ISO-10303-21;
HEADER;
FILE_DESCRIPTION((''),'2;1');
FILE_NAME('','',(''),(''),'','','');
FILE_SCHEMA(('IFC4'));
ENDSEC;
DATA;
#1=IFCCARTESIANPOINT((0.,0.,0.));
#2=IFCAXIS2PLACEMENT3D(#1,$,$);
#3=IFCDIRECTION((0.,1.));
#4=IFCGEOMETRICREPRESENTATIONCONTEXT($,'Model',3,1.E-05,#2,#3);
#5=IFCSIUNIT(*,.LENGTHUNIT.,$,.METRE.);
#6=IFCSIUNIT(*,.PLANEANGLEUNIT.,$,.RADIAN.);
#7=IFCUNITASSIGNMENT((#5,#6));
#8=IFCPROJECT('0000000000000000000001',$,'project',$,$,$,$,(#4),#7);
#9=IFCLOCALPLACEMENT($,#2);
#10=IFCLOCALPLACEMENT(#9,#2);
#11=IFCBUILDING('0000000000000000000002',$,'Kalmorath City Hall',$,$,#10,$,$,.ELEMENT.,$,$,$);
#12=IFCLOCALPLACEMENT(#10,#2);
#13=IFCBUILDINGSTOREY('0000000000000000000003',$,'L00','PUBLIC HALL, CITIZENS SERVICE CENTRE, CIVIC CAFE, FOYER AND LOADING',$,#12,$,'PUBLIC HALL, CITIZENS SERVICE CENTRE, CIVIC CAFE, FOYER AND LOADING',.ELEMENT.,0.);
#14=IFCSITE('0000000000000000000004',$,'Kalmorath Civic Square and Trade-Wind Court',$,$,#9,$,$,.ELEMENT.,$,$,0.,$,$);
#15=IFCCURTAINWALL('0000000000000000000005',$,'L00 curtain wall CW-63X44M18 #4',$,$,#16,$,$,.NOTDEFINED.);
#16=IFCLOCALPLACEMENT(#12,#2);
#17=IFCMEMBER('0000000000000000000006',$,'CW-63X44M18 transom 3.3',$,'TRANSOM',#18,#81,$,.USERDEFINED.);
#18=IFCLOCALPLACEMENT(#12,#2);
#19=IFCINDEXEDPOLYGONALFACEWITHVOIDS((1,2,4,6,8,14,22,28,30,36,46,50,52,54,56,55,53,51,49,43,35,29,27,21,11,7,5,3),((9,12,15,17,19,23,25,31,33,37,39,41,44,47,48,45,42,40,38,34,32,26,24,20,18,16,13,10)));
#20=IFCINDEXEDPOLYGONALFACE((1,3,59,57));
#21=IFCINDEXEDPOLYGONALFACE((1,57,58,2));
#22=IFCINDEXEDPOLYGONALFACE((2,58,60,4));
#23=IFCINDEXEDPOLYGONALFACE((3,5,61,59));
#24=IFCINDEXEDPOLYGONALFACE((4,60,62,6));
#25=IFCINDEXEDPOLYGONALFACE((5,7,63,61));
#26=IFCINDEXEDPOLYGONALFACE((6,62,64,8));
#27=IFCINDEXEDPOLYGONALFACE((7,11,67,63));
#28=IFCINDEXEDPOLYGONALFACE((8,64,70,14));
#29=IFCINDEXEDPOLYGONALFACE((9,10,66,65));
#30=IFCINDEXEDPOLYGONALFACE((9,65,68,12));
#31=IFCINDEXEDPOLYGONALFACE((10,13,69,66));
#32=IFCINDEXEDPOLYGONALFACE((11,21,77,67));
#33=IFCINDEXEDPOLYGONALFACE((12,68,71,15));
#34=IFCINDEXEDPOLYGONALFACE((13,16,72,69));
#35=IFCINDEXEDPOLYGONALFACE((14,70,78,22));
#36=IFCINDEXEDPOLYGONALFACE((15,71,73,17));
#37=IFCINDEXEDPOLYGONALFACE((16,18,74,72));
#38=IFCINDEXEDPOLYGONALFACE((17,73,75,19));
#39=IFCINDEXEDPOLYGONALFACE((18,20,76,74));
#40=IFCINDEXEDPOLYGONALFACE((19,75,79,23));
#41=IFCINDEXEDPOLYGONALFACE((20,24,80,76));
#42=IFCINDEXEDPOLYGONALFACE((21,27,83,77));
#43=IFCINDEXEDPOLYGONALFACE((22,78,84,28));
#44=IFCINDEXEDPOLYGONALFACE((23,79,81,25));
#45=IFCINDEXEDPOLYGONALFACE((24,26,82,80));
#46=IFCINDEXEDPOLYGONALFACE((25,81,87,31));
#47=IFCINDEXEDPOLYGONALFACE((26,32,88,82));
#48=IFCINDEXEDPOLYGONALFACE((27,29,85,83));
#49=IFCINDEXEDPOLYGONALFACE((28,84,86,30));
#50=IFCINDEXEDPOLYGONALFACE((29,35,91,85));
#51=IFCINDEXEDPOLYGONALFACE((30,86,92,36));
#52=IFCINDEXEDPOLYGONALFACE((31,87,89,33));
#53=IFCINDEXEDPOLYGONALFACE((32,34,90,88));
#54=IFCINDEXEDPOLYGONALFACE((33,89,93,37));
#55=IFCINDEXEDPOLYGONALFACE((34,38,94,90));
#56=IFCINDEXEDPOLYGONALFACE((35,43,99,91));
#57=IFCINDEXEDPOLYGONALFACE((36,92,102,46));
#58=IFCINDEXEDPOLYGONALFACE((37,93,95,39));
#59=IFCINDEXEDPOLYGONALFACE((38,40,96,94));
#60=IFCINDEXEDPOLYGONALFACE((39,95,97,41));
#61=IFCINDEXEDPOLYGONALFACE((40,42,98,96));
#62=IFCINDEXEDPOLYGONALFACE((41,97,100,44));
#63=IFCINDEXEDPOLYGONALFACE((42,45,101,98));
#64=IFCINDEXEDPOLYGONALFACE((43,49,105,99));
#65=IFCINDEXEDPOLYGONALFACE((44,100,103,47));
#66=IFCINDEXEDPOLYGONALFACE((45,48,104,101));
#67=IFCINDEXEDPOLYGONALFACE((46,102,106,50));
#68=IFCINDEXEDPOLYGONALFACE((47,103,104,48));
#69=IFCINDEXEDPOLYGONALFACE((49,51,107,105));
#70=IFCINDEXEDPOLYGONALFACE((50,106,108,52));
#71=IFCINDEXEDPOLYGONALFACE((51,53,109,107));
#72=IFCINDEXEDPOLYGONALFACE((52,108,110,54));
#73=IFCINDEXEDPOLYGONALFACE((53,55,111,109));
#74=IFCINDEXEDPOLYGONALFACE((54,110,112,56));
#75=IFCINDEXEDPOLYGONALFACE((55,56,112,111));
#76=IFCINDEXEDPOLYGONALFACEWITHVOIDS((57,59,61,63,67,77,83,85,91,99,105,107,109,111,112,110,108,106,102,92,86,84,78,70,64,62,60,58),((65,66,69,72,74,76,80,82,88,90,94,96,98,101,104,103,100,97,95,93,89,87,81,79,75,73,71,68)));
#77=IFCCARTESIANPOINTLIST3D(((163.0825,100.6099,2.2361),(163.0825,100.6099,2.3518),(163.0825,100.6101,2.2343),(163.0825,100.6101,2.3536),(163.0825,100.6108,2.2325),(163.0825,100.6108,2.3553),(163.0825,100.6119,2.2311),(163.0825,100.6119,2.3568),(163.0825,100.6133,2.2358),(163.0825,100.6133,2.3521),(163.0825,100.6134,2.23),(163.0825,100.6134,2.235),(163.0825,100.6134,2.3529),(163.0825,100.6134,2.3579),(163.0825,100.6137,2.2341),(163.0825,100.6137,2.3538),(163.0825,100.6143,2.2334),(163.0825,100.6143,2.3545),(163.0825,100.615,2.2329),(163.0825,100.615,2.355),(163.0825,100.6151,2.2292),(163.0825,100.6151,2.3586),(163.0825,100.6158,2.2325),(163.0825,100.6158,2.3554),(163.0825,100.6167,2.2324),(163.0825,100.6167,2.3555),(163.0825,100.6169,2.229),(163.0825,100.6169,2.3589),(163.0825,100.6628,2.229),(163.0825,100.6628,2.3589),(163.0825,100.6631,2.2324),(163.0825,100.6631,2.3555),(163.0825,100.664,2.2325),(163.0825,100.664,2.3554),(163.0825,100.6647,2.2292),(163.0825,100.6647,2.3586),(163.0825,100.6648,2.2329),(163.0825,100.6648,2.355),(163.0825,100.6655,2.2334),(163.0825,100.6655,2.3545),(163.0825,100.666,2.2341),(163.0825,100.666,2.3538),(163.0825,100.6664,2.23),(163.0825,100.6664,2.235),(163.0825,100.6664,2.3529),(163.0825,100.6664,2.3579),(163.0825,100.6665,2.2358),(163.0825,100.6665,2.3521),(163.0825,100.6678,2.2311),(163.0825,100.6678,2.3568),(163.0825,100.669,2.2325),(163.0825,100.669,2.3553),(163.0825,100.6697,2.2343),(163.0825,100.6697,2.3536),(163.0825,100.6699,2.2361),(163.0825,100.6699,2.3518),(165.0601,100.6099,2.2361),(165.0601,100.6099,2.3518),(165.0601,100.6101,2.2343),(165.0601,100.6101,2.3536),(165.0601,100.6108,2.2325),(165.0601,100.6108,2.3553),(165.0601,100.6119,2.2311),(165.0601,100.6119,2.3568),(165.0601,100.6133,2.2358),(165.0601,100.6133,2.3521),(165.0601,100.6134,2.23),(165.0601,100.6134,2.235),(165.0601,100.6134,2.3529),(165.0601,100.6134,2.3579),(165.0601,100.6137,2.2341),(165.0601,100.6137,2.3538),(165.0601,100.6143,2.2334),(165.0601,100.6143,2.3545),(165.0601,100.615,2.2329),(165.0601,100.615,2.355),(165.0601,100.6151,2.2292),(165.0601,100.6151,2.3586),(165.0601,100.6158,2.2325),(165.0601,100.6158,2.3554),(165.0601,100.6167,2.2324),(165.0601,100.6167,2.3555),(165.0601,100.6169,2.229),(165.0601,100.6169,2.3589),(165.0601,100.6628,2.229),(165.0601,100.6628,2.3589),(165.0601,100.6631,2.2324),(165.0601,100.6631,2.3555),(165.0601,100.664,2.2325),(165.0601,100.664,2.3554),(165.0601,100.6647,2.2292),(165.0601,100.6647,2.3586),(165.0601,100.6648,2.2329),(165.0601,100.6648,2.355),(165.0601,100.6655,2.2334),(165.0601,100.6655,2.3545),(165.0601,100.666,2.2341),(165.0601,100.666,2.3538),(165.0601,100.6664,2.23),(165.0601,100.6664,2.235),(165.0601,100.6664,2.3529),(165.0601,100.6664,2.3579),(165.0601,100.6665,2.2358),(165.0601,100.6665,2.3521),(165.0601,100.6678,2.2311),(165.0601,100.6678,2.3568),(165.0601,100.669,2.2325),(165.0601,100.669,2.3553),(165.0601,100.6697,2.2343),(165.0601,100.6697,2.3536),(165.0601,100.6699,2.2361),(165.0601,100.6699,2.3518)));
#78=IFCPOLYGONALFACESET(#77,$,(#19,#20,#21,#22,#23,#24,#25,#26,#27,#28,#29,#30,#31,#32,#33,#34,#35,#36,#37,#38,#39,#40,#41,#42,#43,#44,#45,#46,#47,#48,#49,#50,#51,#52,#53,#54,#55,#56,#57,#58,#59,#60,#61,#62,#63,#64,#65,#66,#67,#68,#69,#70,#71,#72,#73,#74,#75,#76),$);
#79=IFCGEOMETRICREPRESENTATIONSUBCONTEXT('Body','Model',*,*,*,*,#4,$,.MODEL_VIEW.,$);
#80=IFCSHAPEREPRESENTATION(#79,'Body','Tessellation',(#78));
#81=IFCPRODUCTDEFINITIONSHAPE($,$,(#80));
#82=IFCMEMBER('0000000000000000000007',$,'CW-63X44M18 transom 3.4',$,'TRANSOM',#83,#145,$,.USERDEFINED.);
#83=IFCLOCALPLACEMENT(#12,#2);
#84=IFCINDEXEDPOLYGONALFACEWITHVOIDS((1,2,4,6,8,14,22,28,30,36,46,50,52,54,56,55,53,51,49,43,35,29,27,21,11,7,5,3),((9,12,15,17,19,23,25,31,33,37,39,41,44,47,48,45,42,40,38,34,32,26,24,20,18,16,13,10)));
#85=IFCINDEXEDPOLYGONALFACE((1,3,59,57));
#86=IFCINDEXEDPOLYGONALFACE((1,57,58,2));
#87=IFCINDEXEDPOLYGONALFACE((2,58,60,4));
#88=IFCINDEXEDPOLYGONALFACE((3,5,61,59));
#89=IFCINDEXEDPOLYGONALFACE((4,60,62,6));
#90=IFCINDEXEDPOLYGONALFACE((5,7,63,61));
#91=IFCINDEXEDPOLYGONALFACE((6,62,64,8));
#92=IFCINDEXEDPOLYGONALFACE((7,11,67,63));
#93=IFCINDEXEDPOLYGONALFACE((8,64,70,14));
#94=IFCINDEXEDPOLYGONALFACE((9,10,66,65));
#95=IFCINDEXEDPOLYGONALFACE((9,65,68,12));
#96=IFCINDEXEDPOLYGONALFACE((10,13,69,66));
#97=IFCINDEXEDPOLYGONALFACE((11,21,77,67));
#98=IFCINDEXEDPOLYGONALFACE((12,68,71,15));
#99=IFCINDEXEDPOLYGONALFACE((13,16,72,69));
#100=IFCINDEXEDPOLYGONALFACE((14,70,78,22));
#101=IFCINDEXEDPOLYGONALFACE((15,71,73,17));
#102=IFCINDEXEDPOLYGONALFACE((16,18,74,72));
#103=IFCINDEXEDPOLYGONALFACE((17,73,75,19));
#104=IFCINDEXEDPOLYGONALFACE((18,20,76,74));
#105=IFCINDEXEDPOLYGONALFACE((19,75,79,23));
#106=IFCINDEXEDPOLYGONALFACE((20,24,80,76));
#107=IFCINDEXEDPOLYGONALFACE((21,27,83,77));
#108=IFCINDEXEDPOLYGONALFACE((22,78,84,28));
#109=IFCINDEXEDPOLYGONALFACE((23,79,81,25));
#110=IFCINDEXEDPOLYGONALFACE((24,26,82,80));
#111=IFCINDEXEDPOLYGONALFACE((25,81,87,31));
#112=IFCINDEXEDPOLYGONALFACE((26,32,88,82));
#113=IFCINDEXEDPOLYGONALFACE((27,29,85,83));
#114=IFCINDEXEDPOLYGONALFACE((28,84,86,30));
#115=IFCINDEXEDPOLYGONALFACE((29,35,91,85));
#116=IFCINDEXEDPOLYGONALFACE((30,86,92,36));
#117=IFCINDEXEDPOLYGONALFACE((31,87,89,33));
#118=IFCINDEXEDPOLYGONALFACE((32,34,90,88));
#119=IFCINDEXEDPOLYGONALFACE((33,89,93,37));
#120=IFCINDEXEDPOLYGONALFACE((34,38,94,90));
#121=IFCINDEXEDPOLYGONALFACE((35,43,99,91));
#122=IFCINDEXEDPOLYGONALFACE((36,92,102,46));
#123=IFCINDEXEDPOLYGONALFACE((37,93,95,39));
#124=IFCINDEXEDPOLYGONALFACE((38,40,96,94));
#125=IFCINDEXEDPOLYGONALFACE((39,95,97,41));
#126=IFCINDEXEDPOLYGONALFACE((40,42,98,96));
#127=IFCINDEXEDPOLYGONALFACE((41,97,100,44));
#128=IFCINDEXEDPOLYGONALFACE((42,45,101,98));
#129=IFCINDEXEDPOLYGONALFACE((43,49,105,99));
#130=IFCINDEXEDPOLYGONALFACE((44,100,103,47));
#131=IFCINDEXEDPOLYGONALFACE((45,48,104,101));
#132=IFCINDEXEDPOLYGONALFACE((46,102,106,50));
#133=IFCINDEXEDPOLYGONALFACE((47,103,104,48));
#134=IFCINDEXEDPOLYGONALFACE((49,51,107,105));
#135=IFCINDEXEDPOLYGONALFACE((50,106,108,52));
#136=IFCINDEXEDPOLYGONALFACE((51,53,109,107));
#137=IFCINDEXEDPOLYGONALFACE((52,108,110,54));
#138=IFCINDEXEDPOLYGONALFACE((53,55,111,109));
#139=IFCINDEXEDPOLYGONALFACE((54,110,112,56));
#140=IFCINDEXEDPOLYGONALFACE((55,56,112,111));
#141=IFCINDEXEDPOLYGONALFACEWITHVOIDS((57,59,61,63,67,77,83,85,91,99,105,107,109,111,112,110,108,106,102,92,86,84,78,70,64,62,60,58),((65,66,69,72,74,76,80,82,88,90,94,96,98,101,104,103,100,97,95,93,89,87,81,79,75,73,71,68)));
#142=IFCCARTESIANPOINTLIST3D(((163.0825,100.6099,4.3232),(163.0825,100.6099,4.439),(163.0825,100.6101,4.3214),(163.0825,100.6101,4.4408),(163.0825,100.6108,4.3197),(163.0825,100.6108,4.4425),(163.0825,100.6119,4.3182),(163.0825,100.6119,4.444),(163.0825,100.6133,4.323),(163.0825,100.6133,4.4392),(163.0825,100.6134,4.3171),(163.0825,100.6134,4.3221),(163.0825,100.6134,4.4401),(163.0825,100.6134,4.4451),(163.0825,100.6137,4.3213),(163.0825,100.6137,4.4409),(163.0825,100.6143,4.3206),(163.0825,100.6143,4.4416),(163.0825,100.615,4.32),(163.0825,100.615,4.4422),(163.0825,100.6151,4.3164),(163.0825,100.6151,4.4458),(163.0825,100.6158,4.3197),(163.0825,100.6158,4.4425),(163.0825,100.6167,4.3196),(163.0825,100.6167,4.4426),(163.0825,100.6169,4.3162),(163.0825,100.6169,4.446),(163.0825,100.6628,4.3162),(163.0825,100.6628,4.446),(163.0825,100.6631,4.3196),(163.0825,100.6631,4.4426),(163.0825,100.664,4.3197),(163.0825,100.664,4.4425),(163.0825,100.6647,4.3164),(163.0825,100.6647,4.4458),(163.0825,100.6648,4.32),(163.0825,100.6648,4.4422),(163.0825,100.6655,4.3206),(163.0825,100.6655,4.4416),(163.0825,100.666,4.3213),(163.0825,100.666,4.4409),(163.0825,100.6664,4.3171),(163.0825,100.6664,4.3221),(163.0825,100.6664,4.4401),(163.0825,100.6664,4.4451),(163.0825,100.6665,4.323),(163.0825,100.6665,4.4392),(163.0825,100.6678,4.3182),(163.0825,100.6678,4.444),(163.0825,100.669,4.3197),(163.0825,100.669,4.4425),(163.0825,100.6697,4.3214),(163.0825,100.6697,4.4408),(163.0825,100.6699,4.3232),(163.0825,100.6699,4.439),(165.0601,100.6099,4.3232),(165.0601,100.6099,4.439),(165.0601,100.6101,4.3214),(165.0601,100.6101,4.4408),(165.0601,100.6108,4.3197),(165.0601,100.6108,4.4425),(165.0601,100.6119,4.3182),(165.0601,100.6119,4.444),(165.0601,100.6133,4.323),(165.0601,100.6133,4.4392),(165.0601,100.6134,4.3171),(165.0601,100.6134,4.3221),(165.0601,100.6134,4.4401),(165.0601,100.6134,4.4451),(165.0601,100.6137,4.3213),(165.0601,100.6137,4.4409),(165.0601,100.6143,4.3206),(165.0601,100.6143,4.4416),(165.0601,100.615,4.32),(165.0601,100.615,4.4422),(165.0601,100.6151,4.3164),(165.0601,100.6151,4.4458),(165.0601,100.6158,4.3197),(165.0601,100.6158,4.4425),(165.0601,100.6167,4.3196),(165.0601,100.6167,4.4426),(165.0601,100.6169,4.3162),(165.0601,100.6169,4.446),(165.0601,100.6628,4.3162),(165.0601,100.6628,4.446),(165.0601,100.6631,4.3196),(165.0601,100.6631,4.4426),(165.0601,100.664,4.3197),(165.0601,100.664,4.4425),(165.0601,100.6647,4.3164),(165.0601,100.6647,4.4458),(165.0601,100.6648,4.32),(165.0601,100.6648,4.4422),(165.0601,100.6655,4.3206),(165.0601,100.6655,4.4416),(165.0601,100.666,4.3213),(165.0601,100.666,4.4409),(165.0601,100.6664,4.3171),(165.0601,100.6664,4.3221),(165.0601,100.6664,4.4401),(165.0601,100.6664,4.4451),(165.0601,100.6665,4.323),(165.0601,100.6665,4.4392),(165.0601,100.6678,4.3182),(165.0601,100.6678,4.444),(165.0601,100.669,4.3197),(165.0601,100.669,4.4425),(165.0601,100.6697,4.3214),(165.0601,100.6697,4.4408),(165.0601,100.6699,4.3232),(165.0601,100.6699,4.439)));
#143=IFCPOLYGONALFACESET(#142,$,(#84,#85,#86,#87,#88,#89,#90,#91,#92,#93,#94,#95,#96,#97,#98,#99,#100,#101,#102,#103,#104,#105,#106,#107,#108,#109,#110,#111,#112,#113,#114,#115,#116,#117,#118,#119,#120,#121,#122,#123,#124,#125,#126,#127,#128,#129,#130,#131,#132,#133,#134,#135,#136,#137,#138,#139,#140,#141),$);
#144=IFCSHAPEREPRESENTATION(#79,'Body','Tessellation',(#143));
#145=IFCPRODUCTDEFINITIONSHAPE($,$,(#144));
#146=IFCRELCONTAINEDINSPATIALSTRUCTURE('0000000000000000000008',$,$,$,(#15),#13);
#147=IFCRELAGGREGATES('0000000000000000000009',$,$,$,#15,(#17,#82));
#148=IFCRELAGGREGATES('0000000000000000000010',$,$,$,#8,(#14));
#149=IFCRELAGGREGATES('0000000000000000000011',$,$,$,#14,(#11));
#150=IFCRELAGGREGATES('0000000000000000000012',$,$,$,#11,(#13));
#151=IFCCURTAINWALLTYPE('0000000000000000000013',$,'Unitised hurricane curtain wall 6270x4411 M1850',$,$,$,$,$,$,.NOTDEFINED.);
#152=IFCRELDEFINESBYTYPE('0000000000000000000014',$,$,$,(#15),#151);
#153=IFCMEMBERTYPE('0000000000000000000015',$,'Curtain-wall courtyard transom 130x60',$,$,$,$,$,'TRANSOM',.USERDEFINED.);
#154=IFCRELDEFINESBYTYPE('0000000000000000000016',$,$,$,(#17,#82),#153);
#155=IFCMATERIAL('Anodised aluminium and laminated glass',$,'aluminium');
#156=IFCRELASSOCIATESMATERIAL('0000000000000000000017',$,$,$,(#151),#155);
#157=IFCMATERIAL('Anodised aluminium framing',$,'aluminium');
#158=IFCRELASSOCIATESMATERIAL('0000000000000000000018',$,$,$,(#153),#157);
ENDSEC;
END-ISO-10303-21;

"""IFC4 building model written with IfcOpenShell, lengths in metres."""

from ifc_helpers import new_model, si_unit, direction, frame, origin, origin_2d, place, context, subcontext, project, spatial, hollow_rectangle, extrude, material, material_profile, profile_set, type_object, element, aggregate, save


model = new_model("IFC4")

# Units and contexts
model_context = context("Model", 3, precision=1e-05, world=origin(), true_north=direction((0.0, 1.0)))
body_context = subcontext(model_context, "Body", "Model", "MODEL_VIEW")
ifc_project = project(units=[si_unit("LENGTHUNIT", "METRE"), si_unit("PLANEANGLEUNIT", "RADIAN")], contexts=[model_context])

# Site, building, storey
site_placement = place(None, origin())
site = spatial("IfcSite", under=ifc_project, at=site_placement, Name="Kalmorath Civic Square and Trade-Wind Court", CompositionType="ELEMENT", RefElevation=0.0)
building_placement = place(site_placement, origin())
building = spatial("IfcBuilding", under=site, at=building_placement, Name="Kalmorath City Hall", CompositionType="ELEMENT")
storey_placement = place(building_placement, origin())
storey = spatial("IfcBuildingStorey", under=building, at=storey_placement, Name="L00", Description="PUBLIC HALL, CITIZENS SERVICE CENTRE, CIVIC CAFE, FOYER AND LOADING", LongName="PUBLIC HALL, CITIZENS SERVICE CENTRE, CIVIC CAFE, FOYER AND LOADING", CompositionType="ELEMENT", Elevation=0.0)

# Curtain wall, members
ifc_material_1 = material(Name="Anodised aluminium and laminated glass", Category="aluminium")
curtain_wall_type = type_object("IfcCurtainWallType", Name="Unitised hurricane curtain wall 6270x4411 M1850", PredefinedType="NOTDEFINED", material=ifc_material_1)
curtain_wall_placement = place(storey_placement, origin())
curtain_wall = element("IfcCurtainWall", 1, at=curtain_wall_placement, inside=storey, type_object=curtain_wall_type, Name="L00 curtain wall CW-63X44M18 #4", PredefinedType="NOTDEFINED")
ifc_material_2 = material(Name="Anodised aluminium framing", Category="aluminium")
ifc_material_profile_1 = material_profile(ifc_material_2, hollow_rectangle(XDim=0.0601, YDim=0.1299, WallThickness=0.0034, InnerFilletRadius=0.0034, OuterFilletRadius=0.0071, at=origin_2d()), Name="ALU-TRN-130X60X3.5")
ifc_profile_set_1 = profile_set([ifc_material_profile_1], Name="Anodised aluminium framing")
member_type_1 = type_object("IfcMemberType", Name="Curtain-wall courtyard transom 130x60", ElementType="TRANSOM", PredefinedType="USERDEFINED", material=ifc_profile_set_1)
member_1_placement = place(storey_placement, frame((163.0825, 100.6399, 2.2939), z_axis=(1.0, 0.0, 0.0), x_axis=(0.0, 1.0, 0.0)))
member_1 = element("IfcMember", 2, at=member_1_placement, type_object=member_type_1, Name="CW-63X44M18 transom 3.3", ObjectType="TRANSOM", PredefinedType="USERDEFINED", context=body_context, shape_type="SweptSolid", body=[
    extrude(hollow_rectangle(XDim=0.0601, YDim=0.1299, WallThickness=0.0034, InnerFilletRadius=0.0034, OuterFilletRadius=0.0071, at=origin_2d()), origin(), (0.0, 0.0, 1.0), 1.9775),
])
member_2_placement = place(storey_placement, frame((163.0825, 100.6399, 4.3811), z_axis=(1.0, 0.0, 0.0), x_axis=(0.0, 1.0, 0.0)))
member_2 = element("IfcMember", 3, at=member_2_placement, type_object=member_type_1, Name="CW-63X44M18 transom 3.4", ObjectType="TRANSOM", PredefinedType="USERDEFINED", context=body_context, shape_type="SweptSolid", body=[
    extrude(hollow_rectangle(XDim=0.0601, YDim=0.1299, WallThickness=0.0034, InnerFilletRadius=0.0034, OuterFilletRadius=0.0071, at=origin_2d()), origin(), (0.0, 0.0, 1.0), 1.9775),
])

aggregate(curtain_wall, [member_1, member_2])

save(model, "model.ifc")
